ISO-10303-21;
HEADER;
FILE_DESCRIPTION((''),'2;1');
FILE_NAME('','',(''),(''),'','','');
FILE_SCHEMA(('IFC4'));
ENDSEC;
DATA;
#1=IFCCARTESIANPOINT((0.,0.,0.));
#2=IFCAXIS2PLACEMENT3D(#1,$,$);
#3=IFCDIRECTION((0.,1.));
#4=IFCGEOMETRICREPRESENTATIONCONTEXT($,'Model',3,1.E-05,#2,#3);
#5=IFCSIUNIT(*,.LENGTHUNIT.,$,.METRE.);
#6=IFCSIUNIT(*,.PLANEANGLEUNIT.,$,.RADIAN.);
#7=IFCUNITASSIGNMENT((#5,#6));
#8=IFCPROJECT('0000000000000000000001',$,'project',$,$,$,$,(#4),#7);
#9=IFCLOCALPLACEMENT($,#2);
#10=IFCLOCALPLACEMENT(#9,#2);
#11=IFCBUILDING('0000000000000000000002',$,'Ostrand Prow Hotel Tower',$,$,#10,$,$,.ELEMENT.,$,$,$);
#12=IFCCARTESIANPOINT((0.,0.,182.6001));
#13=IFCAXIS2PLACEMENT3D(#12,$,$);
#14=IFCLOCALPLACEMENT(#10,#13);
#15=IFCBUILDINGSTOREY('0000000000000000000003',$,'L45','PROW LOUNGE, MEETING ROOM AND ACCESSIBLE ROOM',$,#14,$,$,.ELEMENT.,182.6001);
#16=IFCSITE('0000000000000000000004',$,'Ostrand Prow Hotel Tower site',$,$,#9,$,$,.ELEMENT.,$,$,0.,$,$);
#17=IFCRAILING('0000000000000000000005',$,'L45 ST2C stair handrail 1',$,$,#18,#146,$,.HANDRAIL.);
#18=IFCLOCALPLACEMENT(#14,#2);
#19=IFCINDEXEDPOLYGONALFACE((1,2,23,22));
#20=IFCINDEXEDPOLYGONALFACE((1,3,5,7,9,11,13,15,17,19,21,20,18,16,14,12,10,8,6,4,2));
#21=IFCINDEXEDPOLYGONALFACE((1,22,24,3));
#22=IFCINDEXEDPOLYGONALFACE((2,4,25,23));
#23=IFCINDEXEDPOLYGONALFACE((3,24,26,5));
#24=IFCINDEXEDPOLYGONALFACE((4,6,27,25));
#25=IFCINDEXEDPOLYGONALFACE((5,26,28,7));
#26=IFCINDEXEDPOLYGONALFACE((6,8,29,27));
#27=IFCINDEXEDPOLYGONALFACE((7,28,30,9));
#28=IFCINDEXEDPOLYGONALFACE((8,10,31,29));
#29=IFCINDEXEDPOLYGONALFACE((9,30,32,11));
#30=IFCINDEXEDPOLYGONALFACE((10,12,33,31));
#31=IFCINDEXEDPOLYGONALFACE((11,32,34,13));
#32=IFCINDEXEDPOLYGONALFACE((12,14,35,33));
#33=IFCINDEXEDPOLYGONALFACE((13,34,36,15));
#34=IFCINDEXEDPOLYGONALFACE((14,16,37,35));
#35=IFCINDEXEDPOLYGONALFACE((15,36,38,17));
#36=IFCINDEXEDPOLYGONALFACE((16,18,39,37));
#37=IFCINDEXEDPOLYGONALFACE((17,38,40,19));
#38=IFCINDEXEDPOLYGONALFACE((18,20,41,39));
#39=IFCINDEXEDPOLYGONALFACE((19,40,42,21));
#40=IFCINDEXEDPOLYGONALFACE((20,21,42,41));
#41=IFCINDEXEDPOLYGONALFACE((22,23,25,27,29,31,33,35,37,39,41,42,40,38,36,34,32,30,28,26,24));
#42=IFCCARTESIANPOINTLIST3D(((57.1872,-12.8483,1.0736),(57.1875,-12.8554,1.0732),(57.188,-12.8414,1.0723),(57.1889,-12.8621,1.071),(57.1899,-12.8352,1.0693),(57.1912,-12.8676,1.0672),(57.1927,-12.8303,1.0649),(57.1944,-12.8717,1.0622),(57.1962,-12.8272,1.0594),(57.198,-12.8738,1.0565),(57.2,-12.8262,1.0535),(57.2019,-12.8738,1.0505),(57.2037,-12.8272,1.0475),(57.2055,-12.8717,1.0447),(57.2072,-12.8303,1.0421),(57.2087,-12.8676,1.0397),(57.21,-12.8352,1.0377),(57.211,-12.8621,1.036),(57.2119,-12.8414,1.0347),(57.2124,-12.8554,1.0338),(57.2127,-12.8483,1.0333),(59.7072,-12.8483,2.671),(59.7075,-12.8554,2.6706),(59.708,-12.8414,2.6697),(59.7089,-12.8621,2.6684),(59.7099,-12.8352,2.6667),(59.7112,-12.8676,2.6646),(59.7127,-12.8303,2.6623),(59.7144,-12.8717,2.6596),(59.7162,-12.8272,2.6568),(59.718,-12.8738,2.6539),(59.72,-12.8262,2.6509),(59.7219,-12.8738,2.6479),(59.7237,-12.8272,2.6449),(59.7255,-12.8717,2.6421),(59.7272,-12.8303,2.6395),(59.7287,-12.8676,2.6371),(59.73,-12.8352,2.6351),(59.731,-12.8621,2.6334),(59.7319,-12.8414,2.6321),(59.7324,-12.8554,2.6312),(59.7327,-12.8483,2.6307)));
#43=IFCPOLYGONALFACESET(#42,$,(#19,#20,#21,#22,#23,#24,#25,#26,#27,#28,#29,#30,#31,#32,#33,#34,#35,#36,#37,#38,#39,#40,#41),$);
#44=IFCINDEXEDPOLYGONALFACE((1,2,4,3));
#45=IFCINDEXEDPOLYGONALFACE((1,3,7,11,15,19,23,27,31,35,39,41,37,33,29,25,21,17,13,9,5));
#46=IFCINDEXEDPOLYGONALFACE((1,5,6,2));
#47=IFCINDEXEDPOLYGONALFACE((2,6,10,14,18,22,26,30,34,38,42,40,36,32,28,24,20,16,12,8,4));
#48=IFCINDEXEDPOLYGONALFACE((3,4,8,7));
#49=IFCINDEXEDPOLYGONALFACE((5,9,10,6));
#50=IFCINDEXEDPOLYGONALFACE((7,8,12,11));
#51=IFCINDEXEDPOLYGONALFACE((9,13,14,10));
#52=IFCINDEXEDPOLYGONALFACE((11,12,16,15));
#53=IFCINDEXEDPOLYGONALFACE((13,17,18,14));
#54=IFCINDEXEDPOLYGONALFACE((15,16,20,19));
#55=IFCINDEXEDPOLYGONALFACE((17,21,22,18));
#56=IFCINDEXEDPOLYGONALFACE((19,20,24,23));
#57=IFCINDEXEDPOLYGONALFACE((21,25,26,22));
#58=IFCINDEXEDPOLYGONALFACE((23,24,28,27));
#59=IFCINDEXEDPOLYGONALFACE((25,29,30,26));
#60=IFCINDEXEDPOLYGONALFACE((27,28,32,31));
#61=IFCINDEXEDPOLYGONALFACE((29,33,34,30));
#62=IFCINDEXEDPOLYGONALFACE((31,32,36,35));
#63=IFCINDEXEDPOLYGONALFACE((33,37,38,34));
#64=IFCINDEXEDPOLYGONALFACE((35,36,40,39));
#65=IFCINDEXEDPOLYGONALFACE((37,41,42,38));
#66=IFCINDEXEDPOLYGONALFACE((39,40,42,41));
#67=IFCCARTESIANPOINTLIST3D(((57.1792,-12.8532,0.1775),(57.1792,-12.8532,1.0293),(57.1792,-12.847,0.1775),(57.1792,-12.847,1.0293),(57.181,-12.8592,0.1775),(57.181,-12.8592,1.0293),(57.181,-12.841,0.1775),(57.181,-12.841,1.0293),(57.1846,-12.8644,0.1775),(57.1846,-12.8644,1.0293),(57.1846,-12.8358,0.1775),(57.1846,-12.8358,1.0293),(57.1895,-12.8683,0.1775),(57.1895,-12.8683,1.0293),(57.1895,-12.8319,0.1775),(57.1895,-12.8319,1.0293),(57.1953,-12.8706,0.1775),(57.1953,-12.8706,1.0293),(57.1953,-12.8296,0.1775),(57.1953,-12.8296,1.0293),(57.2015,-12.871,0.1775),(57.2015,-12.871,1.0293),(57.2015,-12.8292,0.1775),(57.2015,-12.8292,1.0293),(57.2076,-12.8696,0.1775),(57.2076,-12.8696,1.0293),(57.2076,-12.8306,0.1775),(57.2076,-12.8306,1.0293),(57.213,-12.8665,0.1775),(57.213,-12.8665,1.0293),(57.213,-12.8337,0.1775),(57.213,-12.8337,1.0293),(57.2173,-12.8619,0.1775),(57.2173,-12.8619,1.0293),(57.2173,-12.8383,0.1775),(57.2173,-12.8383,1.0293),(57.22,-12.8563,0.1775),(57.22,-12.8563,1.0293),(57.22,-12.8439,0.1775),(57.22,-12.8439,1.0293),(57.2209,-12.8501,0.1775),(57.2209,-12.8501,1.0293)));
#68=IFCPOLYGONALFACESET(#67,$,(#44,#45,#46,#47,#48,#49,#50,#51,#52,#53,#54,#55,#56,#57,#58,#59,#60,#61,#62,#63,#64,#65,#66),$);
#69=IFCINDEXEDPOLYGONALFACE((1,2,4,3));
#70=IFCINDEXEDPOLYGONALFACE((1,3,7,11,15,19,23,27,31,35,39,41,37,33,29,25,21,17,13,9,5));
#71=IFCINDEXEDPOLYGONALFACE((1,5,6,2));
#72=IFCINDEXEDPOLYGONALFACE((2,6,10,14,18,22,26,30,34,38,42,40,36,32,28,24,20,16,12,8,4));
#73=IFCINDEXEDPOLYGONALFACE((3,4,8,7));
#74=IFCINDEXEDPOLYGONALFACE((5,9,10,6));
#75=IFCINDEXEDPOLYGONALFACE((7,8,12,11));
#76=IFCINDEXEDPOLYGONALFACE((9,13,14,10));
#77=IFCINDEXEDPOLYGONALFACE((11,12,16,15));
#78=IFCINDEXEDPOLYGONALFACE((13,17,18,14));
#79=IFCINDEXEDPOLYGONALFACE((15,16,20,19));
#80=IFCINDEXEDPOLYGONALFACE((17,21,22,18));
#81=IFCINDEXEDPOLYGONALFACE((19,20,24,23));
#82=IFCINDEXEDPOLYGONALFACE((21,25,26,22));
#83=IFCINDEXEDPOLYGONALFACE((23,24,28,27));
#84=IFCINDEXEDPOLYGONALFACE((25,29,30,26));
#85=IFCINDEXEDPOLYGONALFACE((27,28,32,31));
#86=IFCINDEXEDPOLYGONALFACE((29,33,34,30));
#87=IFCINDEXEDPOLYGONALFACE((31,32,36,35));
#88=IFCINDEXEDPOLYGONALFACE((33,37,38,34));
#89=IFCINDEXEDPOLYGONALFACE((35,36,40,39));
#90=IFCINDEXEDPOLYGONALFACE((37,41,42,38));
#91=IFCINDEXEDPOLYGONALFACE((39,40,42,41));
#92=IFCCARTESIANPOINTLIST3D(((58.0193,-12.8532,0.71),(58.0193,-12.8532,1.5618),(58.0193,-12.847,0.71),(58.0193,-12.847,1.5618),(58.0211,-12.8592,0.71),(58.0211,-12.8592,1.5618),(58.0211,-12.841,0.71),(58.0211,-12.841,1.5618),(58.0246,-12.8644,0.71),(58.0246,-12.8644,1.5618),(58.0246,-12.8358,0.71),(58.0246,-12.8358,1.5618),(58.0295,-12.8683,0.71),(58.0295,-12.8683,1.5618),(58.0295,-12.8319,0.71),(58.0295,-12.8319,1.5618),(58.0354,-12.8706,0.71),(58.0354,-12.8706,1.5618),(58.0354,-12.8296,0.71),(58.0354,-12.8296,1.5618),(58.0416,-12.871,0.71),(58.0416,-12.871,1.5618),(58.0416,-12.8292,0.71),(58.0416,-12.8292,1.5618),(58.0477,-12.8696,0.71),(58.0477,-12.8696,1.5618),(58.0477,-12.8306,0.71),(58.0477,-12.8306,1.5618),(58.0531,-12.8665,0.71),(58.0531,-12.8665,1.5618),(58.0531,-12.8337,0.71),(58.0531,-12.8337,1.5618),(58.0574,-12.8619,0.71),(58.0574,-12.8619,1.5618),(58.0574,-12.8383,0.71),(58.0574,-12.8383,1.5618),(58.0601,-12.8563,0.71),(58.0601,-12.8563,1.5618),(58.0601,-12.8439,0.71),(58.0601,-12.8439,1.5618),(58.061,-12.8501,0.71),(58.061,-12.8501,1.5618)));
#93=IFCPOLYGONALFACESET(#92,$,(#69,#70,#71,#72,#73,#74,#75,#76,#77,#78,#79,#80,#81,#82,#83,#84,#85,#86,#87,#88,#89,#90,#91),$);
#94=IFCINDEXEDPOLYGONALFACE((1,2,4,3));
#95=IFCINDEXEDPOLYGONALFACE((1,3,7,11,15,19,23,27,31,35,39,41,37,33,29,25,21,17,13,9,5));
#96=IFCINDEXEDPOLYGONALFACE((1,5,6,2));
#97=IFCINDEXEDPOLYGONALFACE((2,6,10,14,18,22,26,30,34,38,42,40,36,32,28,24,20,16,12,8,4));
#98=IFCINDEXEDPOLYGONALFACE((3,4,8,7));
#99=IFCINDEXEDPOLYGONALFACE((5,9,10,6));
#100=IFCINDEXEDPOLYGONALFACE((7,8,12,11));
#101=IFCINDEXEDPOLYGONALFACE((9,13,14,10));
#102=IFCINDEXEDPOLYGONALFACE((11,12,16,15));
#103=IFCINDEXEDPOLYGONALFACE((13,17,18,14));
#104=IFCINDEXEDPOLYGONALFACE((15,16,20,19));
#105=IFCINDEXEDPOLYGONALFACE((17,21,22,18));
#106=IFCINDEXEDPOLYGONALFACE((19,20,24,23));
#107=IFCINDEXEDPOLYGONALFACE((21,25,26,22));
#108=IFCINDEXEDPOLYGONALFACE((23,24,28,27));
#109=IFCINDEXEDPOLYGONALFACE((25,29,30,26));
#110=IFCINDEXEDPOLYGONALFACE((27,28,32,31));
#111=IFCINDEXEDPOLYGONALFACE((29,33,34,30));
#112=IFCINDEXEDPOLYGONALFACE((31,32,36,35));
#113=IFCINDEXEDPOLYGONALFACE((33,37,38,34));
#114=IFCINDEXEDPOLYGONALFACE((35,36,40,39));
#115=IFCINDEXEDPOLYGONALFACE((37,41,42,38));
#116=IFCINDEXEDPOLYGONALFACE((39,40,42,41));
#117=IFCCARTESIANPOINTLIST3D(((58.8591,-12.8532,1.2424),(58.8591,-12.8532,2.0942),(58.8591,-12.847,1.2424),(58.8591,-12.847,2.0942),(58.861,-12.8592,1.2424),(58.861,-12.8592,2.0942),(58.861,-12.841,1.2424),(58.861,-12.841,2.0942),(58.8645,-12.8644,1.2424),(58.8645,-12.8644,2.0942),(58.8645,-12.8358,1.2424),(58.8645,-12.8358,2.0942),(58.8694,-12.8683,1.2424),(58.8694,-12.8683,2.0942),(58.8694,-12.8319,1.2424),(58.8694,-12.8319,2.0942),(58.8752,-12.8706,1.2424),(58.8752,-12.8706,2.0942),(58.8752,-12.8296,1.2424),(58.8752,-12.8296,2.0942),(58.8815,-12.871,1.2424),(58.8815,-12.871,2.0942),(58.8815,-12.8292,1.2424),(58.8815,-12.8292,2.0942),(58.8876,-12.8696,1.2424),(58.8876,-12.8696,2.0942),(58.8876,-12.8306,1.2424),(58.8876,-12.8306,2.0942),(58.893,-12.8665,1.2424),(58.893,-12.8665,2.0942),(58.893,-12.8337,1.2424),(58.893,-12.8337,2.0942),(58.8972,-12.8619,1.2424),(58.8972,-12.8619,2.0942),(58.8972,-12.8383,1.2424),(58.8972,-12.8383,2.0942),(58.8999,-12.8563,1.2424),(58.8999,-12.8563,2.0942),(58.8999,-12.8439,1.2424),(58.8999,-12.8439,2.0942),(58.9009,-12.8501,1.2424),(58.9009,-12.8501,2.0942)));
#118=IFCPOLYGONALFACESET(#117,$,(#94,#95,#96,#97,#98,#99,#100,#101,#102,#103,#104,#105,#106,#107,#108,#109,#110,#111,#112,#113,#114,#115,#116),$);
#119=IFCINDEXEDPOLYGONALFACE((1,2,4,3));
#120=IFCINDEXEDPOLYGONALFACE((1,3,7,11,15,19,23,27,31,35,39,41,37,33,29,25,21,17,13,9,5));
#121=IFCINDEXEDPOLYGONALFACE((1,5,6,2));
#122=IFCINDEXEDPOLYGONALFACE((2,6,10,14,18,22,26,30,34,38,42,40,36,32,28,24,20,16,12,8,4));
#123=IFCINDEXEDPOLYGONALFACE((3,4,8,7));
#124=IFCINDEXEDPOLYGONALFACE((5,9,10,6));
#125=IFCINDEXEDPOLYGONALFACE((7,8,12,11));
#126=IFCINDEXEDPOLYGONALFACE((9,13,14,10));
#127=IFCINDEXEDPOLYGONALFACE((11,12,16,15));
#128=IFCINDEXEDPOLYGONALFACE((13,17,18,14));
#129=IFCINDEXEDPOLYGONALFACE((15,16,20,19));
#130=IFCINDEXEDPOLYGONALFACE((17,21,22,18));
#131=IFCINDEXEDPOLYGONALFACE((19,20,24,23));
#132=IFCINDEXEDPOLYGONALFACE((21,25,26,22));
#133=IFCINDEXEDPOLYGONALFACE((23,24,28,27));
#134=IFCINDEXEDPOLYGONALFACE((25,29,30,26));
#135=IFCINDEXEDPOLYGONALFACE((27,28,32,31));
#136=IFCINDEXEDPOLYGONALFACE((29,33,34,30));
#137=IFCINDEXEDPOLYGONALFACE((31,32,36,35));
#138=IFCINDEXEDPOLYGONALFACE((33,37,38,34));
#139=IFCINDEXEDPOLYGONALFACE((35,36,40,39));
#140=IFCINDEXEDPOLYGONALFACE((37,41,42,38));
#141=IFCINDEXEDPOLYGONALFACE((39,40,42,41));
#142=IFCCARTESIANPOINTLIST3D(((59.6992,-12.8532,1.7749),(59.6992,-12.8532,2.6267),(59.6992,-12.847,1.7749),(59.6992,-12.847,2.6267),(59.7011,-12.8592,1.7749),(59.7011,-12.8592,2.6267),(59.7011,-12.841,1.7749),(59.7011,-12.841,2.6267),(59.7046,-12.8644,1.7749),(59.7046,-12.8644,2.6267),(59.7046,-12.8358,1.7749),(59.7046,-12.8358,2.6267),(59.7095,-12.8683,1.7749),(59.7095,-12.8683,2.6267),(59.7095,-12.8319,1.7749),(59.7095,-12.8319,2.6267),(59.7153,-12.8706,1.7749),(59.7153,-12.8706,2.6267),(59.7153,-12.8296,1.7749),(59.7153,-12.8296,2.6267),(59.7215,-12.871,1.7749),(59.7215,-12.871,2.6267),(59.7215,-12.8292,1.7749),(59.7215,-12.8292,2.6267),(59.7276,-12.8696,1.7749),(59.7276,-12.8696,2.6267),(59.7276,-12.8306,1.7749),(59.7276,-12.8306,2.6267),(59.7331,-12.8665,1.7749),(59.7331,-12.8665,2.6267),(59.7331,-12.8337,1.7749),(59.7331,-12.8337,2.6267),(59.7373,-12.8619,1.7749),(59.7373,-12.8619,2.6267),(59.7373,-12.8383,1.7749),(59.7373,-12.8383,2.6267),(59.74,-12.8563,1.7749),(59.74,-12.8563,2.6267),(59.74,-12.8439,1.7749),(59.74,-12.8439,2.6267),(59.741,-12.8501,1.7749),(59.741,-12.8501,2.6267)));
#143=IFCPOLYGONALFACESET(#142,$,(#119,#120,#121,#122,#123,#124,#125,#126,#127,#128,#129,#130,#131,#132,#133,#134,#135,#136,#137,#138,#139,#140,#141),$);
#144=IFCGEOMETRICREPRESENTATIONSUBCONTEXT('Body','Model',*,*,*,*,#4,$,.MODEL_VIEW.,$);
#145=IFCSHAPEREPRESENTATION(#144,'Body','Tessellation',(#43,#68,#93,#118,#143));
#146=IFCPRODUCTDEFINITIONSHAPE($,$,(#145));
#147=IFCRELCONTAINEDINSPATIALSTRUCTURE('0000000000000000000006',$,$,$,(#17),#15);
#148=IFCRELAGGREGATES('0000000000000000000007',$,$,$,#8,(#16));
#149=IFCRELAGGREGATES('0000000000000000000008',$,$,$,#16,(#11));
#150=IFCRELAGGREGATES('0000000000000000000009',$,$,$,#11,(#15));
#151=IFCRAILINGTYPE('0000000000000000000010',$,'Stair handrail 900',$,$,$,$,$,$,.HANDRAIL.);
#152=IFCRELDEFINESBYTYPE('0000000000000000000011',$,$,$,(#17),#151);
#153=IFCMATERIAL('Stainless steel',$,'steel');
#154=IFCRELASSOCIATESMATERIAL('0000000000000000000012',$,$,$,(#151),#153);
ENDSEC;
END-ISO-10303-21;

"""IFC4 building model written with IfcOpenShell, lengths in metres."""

from ifc_helpers import new_model, si_unit, direction, frame, origin, origin_2d, place, context, subcontext, project, spatial, circle, extrude, material, type_object, element, save


model = new_model("IFC4")

# Units and contexts
model_context = context("Model", 3, precision=1e-05, world=origin(), true_north=direction((0.0, 1.0)))
body_context = subcontext(model_context, "Body", "Model", "MODEL_VIEW")
ifc_project = project(units=[si_unit("LENGTHUNIT", "METRE"), si_unit("PLANEANGLEUNIT", "RADIAN")], contexts=[model_context])

# Site, building, storey
site_placement = place(None, origin())
site = spatial("IfcSite", under=ifc_project, at=site_placement, Name="Ostrand Prow Hotel Tower site", CompositionType="ELEMENT", RefElevation=0.0)
building_placement = place(site_placement, origin())
building = spatial("IfcBuilding", under=site, at=building_placement, Name="Ostrand Prow Hotel Tower", CompositionType="ELEMENT")
storey_placement = place(building_placement, frame((0.0, 0.0, 182.6001)))
storey = spatial("IfcBuildingStorey", under=building, at=storey_placement, Name="L45", Description="PROW LOUNGE, MEETING ROOM AND ACCESSIBLE ROOM", CompositionType="ELEMENT", Elevation=182.6001)

# Railing
ifc_material_1 = material(Name="Stainless steel", Category="steel")
railing_type_1 = type_object("IfcRailingType", Name="Stair handrail 900", PredefinedType="HANDRAIL", material=ifc_material_1)
railing_1_placement = place(storey_placement, frame((57.2, -12.8501, 0.1775)))
element("IfcRailing", 1, at=railing_1_placement, inside=storey, type_object=railing_type_1, Name="L45 ST2C stair handrail 1", PredefinedType="HANDRAIL", context=body_context, shape_type="SweptSolid", body=[
    extrude(circle(Radius=0.0239, at=origin_2d()), frame((0.0, 0.0, 0.876), z_axis=(0.844607, 0.0, 0.535387), x_axis=(0.0, 1.0, 0.0)), (0.0, 0.0, 1.0), 2.9836),
    extrude(circle(Radius=0.021, at=origin_2d()), origin(), (0.0, 0.0, 1.0), 0.8518),
    extrude(circle(Radius=0.021, at=origin_2d()), frame((0.8401, 0.0, 0.5325)), (0.0, 0.0, 1.0), 0.8518),
    extrude(circle(Radius=0.021, at=origin_2d()), frame((1.6799, 0.0, 1.0649)), (0.0, 0.0, 1.0), 0.8518),
    extrude(circle(Radius=0.021, at=origin_2d()), frame((2.52, 0.0, 1.5974)), (0.0, 0.0, 1.0), 0.8518),
])

save(model, "model.ifc")
